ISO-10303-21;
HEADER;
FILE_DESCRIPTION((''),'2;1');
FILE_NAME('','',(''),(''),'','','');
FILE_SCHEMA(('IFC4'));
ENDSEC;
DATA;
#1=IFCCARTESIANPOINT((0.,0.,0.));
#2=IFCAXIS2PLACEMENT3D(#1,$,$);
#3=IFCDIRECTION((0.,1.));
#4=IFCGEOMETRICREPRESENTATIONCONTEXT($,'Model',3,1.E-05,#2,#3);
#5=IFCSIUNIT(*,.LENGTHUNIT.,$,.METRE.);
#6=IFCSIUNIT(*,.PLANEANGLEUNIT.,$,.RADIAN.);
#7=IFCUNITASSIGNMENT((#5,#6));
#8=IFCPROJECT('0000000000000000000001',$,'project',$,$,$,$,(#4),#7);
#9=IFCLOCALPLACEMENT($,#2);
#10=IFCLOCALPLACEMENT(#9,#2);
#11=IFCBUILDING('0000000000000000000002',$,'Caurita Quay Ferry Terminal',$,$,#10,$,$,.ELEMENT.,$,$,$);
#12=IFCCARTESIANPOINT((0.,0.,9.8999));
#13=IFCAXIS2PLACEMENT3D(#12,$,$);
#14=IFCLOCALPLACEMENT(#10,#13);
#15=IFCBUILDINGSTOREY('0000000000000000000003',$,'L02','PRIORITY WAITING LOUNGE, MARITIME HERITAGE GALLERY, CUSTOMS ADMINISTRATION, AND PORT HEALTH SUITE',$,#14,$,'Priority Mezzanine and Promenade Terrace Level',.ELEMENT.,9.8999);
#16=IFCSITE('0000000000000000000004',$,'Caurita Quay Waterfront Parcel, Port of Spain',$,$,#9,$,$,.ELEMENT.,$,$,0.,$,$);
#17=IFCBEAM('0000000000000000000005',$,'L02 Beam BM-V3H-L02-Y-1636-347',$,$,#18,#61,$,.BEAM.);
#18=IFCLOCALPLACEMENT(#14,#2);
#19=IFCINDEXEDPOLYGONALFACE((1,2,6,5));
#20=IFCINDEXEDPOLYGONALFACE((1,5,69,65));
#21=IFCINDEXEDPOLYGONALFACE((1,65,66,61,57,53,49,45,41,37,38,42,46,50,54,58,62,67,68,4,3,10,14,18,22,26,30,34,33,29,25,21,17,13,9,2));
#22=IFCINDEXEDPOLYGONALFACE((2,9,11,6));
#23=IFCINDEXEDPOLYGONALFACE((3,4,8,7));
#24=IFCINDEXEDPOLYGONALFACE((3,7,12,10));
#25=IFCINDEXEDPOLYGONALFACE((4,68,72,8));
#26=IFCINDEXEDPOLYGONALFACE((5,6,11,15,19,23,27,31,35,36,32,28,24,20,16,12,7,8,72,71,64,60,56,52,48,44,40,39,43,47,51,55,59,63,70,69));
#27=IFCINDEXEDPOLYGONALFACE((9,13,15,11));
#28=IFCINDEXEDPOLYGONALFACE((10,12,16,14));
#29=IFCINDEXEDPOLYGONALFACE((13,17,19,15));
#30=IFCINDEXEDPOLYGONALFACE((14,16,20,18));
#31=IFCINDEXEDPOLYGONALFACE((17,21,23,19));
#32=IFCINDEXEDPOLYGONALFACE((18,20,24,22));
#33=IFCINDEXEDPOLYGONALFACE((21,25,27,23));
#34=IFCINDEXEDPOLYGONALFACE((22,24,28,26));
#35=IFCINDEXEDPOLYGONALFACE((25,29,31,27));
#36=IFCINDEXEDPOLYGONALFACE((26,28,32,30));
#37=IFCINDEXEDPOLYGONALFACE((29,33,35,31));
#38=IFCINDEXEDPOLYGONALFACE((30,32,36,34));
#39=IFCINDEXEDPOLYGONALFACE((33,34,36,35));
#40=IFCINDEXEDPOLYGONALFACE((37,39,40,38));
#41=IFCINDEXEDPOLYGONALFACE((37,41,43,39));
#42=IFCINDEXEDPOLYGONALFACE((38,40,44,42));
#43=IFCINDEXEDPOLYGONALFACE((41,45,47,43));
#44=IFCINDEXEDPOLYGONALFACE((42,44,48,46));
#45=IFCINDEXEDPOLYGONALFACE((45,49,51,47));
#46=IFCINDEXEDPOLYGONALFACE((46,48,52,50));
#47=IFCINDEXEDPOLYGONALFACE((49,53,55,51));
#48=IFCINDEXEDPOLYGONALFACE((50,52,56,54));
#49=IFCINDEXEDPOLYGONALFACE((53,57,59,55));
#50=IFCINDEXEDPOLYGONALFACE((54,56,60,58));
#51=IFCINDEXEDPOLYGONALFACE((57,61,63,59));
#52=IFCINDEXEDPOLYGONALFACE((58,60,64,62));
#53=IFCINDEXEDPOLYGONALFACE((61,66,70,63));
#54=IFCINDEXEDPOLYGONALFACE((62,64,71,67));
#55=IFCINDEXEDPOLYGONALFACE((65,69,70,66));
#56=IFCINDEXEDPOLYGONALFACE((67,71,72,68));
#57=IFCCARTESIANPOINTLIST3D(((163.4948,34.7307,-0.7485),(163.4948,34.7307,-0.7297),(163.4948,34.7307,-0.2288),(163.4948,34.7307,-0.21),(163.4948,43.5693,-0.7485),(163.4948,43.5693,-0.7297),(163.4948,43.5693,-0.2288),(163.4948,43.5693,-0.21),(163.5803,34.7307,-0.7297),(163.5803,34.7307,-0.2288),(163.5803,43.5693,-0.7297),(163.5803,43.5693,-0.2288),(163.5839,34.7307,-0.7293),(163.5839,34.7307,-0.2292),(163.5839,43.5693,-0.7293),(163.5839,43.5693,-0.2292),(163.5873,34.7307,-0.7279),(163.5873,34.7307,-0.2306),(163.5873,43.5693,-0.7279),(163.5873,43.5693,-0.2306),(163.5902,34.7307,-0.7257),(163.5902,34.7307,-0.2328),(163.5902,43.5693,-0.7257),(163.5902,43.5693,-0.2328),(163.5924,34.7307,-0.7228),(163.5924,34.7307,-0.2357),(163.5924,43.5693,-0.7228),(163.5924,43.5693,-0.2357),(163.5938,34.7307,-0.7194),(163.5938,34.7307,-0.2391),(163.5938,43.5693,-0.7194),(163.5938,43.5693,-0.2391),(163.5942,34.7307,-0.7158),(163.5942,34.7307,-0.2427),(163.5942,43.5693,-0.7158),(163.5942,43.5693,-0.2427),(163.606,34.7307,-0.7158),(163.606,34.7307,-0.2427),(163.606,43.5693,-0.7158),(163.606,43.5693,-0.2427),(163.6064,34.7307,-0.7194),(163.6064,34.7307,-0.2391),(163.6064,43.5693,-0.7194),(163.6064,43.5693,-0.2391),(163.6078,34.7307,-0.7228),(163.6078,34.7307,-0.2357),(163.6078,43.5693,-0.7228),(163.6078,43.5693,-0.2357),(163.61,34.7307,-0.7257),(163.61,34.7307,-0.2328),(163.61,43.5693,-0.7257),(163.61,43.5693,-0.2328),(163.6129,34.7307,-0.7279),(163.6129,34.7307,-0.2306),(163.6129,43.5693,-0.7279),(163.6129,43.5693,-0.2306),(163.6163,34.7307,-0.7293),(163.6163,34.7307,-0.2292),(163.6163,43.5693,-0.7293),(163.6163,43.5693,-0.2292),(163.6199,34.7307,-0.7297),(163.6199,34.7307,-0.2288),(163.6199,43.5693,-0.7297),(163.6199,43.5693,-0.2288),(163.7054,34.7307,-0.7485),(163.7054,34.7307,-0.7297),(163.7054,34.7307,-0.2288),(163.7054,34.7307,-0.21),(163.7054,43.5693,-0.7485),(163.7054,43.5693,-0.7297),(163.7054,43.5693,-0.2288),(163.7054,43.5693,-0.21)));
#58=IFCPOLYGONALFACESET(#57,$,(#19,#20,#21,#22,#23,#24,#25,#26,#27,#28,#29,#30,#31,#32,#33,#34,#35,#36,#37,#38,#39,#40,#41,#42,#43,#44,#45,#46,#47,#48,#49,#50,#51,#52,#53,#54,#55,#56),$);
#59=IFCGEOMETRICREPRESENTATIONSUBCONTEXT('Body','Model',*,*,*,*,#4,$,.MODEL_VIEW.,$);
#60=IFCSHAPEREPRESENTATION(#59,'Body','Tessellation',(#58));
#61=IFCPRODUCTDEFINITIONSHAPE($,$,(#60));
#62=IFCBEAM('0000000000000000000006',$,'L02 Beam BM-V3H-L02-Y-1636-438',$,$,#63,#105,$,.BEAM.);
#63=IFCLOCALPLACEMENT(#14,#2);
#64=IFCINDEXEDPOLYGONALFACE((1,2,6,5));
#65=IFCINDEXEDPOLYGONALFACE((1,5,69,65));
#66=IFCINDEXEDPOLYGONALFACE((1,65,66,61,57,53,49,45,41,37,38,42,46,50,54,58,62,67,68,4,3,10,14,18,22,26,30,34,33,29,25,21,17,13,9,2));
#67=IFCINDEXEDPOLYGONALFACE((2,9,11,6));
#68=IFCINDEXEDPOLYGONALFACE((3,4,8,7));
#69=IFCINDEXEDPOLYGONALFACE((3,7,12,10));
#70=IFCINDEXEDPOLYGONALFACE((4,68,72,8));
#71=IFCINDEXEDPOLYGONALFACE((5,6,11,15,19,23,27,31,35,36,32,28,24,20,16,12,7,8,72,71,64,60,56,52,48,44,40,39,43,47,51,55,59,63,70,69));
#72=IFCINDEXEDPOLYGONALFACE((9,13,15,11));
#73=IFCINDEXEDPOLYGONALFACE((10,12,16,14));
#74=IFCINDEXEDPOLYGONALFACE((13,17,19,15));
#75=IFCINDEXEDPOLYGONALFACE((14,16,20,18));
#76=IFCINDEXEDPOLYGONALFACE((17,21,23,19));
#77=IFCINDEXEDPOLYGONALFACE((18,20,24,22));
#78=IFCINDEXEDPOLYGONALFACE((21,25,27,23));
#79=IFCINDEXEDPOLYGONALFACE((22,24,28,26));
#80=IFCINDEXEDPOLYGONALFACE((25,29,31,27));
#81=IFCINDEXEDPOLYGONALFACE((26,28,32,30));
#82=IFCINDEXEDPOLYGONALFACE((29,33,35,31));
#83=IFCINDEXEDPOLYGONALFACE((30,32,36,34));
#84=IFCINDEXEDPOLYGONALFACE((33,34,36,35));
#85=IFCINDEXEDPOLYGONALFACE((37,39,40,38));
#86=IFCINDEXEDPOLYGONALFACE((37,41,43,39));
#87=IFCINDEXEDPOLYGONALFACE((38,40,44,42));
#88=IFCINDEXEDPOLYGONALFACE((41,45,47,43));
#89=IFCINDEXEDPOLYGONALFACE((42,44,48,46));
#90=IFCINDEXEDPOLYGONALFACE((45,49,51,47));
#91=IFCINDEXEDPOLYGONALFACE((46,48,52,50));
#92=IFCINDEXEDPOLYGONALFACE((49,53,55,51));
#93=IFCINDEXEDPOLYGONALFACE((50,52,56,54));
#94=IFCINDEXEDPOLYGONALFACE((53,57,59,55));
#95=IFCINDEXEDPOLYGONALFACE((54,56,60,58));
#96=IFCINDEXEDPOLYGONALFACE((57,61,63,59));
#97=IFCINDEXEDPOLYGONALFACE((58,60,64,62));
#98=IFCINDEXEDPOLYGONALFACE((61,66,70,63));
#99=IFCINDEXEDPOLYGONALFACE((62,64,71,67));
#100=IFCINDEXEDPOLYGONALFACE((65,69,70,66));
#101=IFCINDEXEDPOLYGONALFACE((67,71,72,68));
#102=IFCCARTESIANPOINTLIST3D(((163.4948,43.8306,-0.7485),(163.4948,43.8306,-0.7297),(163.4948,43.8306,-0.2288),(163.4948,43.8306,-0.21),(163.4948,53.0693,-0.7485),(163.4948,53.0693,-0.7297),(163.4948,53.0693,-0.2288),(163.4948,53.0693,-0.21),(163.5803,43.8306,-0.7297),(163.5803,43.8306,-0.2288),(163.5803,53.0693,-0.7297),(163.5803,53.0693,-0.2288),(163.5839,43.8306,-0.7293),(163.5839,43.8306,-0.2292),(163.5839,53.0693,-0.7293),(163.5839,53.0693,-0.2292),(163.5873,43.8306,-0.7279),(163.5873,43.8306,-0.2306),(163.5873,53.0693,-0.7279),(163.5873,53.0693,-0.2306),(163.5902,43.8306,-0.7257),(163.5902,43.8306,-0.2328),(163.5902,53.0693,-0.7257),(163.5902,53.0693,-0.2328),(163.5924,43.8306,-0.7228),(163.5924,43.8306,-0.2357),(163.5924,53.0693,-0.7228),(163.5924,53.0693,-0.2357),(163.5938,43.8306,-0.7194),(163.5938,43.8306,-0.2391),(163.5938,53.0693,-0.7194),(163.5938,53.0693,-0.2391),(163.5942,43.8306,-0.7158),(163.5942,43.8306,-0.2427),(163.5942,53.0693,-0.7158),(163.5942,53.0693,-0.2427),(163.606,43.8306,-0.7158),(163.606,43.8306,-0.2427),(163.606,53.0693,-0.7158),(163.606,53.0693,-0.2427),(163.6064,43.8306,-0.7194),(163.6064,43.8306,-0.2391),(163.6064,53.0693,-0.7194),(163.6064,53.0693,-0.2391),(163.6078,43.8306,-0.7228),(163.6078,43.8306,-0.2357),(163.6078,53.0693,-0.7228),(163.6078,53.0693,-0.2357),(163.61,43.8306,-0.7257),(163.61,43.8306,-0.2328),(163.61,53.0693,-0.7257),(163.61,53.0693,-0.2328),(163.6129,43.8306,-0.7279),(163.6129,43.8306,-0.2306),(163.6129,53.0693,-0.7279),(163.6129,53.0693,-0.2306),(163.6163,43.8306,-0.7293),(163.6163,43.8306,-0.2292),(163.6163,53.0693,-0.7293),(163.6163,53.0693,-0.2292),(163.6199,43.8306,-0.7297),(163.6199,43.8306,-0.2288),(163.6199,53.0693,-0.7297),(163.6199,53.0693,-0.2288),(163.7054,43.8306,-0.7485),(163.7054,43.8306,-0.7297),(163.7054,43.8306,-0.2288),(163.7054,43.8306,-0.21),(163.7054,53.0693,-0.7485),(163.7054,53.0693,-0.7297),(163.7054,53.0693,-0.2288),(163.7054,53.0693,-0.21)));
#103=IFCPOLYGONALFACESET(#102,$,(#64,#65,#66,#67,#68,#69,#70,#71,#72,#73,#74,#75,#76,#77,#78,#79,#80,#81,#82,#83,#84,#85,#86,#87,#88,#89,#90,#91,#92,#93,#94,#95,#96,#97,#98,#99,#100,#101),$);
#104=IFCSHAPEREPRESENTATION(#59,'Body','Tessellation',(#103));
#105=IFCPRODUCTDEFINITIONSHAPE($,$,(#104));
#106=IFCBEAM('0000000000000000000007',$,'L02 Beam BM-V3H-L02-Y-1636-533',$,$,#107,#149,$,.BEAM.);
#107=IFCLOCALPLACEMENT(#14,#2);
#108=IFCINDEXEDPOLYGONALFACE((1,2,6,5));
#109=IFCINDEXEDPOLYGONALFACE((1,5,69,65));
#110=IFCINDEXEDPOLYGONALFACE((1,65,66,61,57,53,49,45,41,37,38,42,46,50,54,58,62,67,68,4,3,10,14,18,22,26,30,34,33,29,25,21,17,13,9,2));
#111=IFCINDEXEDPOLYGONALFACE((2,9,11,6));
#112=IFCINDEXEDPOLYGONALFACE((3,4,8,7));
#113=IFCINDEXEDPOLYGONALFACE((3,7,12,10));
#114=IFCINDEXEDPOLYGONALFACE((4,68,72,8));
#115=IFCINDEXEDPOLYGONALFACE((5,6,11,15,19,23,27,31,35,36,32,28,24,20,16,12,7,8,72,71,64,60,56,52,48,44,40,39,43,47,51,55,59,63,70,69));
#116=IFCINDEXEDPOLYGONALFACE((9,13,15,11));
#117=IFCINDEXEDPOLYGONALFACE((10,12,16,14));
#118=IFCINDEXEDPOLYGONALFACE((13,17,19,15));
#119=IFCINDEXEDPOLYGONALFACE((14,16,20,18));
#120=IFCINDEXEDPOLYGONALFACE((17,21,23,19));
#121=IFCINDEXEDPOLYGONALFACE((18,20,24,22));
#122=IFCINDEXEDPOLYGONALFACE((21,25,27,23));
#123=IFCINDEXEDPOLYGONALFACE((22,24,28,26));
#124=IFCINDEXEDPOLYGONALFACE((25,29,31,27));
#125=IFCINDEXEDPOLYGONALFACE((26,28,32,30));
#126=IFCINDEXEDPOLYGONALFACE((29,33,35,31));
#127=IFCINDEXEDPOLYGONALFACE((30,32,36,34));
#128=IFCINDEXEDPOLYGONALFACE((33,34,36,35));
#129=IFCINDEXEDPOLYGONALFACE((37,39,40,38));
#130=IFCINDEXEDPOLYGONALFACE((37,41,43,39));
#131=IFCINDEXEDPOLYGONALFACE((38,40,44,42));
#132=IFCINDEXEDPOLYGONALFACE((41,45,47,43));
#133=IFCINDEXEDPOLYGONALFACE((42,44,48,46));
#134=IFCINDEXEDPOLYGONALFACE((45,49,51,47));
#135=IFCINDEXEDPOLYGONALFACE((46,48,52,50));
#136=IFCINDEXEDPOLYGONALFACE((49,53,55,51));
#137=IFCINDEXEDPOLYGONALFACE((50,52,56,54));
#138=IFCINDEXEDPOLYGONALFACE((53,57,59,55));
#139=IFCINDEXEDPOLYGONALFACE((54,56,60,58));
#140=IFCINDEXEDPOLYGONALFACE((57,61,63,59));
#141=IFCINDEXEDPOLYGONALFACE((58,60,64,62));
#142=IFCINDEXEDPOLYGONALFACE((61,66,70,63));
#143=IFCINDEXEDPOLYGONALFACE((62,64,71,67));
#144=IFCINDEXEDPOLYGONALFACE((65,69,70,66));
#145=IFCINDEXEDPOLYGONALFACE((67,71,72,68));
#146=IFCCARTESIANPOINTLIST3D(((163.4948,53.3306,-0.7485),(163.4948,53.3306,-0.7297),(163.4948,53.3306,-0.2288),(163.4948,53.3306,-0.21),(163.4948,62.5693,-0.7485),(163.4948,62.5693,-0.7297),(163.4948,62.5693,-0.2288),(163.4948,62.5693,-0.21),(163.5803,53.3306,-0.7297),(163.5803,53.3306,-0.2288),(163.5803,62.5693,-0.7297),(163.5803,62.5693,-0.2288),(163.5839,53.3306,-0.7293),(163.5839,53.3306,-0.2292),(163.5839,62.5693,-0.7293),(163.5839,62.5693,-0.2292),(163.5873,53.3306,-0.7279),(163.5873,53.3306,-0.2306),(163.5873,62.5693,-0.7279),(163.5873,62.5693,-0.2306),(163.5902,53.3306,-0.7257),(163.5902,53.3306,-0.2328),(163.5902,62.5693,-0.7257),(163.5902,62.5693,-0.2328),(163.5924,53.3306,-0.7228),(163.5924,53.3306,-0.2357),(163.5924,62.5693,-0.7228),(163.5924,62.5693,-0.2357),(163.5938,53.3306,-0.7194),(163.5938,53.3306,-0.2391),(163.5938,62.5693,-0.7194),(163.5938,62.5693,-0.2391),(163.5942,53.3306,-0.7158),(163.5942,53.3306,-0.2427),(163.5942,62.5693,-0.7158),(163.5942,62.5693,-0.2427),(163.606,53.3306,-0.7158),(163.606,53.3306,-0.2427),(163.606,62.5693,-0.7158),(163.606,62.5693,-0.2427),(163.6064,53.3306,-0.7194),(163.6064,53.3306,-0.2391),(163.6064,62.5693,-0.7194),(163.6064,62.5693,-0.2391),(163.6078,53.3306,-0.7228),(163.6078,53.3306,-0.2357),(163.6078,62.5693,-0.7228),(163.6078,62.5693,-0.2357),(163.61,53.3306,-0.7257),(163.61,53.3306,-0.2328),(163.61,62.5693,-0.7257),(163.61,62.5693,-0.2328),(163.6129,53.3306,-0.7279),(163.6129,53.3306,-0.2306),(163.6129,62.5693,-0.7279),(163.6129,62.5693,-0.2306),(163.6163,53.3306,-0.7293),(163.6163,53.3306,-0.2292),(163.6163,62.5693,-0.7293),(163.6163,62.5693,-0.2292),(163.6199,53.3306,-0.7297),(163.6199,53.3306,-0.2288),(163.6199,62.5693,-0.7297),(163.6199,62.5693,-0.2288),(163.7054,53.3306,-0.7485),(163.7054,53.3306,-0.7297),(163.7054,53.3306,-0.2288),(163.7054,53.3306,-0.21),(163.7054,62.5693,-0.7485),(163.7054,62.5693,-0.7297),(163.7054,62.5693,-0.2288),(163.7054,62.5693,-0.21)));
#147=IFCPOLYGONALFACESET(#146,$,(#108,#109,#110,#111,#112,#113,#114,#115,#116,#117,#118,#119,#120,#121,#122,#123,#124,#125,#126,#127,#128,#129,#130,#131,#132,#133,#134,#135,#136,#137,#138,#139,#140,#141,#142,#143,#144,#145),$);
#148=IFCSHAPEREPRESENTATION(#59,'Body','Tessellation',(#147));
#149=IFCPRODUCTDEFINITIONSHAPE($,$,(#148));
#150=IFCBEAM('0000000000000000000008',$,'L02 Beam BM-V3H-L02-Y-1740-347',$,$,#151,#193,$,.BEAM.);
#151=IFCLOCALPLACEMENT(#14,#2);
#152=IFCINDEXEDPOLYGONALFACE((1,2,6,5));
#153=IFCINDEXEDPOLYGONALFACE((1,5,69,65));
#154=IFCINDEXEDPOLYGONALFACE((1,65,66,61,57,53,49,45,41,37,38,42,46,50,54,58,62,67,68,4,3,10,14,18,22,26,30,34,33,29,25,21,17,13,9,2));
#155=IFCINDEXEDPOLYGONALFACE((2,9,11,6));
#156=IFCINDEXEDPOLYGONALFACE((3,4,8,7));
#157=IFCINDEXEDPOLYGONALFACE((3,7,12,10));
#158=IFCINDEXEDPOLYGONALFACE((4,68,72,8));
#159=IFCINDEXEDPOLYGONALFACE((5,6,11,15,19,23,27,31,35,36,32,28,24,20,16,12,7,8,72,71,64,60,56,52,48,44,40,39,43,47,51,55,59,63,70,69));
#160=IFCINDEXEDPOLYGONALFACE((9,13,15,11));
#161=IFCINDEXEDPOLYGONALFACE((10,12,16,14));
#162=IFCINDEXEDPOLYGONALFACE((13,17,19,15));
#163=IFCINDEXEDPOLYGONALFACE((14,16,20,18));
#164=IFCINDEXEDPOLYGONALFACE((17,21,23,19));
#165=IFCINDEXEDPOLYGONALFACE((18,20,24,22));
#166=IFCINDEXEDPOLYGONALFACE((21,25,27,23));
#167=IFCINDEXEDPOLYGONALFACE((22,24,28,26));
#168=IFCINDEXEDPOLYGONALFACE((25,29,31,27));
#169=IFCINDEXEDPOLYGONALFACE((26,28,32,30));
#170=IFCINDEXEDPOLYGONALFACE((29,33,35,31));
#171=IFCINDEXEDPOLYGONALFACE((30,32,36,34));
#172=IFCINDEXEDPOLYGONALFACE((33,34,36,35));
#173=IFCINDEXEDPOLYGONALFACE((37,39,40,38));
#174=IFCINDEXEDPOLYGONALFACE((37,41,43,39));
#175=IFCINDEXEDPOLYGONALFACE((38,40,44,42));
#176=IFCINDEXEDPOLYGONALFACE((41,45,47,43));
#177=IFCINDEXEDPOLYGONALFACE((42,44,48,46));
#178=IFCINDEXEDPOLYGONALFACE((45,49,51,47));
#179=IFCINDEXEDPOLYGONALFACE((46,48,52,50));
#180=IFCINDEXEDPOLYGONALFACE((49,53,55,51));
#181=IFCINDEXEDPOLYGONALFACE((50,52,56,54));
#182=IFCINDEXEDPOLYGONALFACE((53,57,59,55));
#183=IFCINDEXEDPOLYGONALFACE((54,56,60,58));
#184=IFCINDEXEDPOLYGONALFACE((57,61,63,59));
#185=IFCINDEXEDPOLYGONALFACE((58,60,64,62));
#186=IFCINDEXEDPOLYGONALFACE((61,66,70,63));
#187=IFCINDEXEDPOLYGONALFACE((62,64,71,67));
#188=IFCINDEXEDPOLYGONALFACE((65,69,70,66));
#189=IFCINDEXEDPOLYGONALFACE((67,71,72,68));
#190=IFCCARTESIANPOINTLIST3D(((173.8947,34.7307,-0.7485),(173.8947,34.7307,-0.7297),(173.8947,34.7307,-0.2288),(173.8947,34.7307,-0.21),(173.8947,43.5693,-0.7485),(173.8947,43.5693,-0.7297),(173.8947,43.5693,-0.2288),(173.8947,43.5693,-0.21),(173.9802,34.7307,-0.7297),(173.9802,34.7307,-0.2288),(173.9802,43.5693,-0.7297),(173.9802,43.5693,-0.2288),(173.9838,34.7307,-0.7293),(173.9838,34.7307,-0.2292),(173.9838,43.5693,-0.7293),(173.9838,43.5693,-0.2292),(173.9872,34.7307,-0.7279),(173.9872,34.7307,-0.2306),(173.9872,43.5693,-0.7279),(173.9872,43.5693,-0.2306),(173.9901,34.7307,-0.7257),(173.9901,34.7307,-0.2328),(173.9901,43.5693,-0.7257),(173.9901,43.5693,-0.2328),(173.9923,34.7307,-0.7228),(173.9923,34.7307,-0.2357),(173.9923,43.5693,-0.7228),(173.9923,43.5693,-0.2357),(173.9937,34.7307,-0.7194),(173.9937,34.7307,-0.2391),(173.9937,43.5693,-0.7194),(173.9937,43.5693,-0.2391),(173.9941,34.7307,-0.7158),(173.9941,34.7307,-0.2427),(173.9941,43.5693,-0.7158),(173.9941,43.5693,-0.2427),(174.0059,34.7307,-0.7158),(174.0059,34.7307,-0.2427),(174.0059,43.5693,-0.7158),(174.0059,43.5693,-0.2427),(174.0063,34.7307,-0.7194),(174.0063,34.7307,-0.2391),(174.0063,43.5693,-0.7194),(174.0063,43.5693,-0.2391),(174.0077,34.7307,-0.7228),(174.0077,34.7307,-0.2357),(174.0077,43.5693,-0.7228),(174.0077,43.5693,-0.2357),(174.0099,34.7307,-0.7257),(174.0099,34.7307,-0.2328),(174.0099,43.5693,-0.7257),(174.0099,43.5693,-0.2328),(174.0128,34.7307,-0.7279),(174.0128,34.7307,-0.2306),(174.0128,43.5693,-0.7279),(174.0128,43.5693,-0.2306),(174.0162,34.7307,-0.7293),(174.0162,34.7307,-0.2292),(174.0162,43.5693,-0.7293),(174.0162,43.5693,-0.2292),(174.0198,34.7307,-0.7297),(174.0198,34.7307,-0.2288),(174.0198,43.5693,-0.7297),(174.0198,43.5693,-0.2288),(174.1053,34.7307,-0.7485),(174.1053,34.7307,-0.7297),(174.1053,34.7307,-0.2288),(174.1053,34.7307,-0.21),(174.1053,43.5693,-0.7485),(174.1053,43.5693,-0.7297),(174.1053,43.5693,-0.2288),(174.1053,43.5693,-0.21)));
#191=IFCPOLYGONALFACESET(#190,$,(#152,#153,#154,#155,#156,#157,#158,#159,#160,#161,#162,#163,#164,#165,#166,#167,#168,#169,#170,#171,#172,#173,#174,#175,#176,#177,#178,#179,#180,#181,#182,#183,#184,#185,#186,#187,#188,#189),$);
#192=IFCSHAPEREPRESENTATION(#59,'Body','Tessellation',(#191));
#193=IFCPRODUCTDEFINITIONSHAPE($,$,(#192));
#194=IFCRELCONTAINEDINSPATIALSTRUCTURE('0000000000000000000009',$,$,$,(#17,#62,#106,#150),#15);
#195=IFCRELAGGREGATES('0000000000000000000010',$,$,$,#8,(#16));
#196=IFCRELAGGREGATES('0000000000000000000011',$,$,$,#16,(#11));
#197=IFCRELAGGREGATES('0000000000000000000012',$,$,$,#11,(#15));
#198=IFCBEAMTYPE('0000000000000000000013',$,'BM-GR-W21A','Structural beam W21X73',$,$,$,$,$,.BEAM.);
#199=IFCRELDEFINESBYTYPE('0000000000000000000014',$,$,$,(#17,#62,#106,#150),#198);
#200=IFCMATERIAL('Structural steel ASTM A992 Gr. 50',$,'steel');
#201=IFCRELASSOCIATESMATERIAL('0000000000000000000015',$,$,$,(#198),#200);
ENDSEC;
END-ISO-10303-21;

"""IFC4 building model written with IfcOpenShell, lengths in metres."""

from ifc_helpers import new_model, si_unit, direction, frame, origin, origin_2d, place, context, subcontext, project, spatial, i_section, extrude, material, material_profile, profile_set, type_object, element, save


model = new_model("IFC4")

# Units and contexts
model_context = context("Model", 3, precision=1e-05, world=origin(), true_north=direction((0.0, 1.0)))
body_context = subcontext(model_context, "Body", "Model", "MODEL_VIEW")
ifc_project = project(units=[si_unit("LENGTHUNIT", "METRE"), si_unit("PLANEANGLEUNIT", "RADIAN")], contexts=[model_context])

# Site, building, storey
site_placement = place(None, origin())
site = spatial("IfcSite", under=ifc_project, at=site_placement, Name="Caurita Quay Waterfront Parcel, Port of Spain", CompositionType="ELEMENT", RefElevation=0.0)
building_placement = place(site_placement, origin())
building = spatial("IfcBuilding", under=site, at=building_placement, Name="Caurita Quay Ferry Terminal", CompositionType="ELEMENT")
storey_placement = place(building_placement, frame((0.0, 0.0, 9.8999)))
storey = spatial("IfcBuildingStorey", under=building, at=storey_placement, Name="L02", Description="PRIORITY WAITING LOUNGE, MARITIME HERITAGE GALLERY, CUSTOMS ADMINISTRATION, AND PORT HEALTH SUITE", LongName="Priority Mezzanine and Promenade Terrace Level", CompositionType="ELEMENT", Elevation=9.8999)

# Beams
ifc_material_1 = material(Name="Structural steel ASTM A992 Gr. 50", Category="steel")
ifc_material_profile_1 = material_profile(ifc_material_1, i_section(OverallWidth=0.2107, OverallDepth=0.5386, WebThickness=0.0117, FlangeThickness=0.0188, FilletRadius=0.0139, at=origin_2d()), Name="W21X73")
ifc_profile_set_1 = profile_set([ifc_material_profile_1], Name="Structural steel ASTM A992 Gr. 50")
beam_type_1 = type_object("IfcBeamType", Name="BM-GR-W21A", Description="Structural beam W21X73", PredefinedType="BEAM", material=ifc_profile_set_1)
beam_1_placement = place(storey_placement, frame((163.6001, 34.7307, -0.4792), z_axis=(0.0, 1.0, 0.0), x_axis=(-1.0, 0.0, 0.0)))
element("IfcBeam", 1, at=beam_1_placement, inside=storey, type_object=beam_type_1, Name="L02 Beam BM-V3H-L02-Y-1636-347", PredefinedType="BEAM", context=body_context, shape_type="SweptSolid", body=[
    extrude(i_section(OverallWidth=0.2107, OverallDepth=0.5386, WebThickness=0.0117, FlangeThickness=0.0188, FilletRadius=0.0139, at=origin_2d()), origin(), (0.0, 0.0, 1.0), 8.8386),
])
for number, where, z_axis, x_axis, name in (
    (2, (163.6001, 43.8306, -0.4792), (0.0, 1.0, 0.0), (-1.0, 0.0, 0.0), "L02 Beam BM-V3H-L02-Y-1636-438"),
    (3, (163.6001, 53.3306, -0.4792), (0.0, 1.0, 0.0), (-1.0, 0.0, 0.0), "L02 Beam BM-V3H-L02-Y-1636-533"),
):
    element("IfcBeam", number, at=place(storey_placement, frame(where, z_axis=z_axis, x_axis=x_axis)), inside=storey, type_object=beam_type_1, Name=name, PredefinedType="BEAM", context=body_context, shape_type="SweptSolid", body=[
        extrude(i_section(OverallWidth=0.2107, OverallDepth=0.5386, WebThickness=0.0117, FlangeThickness=0.0188, FilletRadius=0.0139, at=origin_2d()), origin(), (0.0, 0.0, 1.0), 9.2388),
    ])
beam_2_placement = place(storey_placement, frame((174.0, 34.7307, -0.4792), z_axis=(0.0, 1.0, 0.0), x_axis=(-1.0, 0.0, 0.0)))
element("IfcBeam", 4, at=beam_2_placement, inside=storey, type_object=beam_type_1, Name="L02 Beam BM-V3H-L02-Y-1740-347", PredefinedType="BEAM", context=body_context, shape_type="SweptSolid", body=[
    extrude(i_section(OverallWidth=0.2107, OverallDepth=0.5386, WebThickness=0.0117, FlangeThickness=0.0188, FilletRadius=0.0139, at=origin_2d()), origin(), (0.0, 0.0, 1.0), 8.8386),
])

save(model, "model.ifc")
